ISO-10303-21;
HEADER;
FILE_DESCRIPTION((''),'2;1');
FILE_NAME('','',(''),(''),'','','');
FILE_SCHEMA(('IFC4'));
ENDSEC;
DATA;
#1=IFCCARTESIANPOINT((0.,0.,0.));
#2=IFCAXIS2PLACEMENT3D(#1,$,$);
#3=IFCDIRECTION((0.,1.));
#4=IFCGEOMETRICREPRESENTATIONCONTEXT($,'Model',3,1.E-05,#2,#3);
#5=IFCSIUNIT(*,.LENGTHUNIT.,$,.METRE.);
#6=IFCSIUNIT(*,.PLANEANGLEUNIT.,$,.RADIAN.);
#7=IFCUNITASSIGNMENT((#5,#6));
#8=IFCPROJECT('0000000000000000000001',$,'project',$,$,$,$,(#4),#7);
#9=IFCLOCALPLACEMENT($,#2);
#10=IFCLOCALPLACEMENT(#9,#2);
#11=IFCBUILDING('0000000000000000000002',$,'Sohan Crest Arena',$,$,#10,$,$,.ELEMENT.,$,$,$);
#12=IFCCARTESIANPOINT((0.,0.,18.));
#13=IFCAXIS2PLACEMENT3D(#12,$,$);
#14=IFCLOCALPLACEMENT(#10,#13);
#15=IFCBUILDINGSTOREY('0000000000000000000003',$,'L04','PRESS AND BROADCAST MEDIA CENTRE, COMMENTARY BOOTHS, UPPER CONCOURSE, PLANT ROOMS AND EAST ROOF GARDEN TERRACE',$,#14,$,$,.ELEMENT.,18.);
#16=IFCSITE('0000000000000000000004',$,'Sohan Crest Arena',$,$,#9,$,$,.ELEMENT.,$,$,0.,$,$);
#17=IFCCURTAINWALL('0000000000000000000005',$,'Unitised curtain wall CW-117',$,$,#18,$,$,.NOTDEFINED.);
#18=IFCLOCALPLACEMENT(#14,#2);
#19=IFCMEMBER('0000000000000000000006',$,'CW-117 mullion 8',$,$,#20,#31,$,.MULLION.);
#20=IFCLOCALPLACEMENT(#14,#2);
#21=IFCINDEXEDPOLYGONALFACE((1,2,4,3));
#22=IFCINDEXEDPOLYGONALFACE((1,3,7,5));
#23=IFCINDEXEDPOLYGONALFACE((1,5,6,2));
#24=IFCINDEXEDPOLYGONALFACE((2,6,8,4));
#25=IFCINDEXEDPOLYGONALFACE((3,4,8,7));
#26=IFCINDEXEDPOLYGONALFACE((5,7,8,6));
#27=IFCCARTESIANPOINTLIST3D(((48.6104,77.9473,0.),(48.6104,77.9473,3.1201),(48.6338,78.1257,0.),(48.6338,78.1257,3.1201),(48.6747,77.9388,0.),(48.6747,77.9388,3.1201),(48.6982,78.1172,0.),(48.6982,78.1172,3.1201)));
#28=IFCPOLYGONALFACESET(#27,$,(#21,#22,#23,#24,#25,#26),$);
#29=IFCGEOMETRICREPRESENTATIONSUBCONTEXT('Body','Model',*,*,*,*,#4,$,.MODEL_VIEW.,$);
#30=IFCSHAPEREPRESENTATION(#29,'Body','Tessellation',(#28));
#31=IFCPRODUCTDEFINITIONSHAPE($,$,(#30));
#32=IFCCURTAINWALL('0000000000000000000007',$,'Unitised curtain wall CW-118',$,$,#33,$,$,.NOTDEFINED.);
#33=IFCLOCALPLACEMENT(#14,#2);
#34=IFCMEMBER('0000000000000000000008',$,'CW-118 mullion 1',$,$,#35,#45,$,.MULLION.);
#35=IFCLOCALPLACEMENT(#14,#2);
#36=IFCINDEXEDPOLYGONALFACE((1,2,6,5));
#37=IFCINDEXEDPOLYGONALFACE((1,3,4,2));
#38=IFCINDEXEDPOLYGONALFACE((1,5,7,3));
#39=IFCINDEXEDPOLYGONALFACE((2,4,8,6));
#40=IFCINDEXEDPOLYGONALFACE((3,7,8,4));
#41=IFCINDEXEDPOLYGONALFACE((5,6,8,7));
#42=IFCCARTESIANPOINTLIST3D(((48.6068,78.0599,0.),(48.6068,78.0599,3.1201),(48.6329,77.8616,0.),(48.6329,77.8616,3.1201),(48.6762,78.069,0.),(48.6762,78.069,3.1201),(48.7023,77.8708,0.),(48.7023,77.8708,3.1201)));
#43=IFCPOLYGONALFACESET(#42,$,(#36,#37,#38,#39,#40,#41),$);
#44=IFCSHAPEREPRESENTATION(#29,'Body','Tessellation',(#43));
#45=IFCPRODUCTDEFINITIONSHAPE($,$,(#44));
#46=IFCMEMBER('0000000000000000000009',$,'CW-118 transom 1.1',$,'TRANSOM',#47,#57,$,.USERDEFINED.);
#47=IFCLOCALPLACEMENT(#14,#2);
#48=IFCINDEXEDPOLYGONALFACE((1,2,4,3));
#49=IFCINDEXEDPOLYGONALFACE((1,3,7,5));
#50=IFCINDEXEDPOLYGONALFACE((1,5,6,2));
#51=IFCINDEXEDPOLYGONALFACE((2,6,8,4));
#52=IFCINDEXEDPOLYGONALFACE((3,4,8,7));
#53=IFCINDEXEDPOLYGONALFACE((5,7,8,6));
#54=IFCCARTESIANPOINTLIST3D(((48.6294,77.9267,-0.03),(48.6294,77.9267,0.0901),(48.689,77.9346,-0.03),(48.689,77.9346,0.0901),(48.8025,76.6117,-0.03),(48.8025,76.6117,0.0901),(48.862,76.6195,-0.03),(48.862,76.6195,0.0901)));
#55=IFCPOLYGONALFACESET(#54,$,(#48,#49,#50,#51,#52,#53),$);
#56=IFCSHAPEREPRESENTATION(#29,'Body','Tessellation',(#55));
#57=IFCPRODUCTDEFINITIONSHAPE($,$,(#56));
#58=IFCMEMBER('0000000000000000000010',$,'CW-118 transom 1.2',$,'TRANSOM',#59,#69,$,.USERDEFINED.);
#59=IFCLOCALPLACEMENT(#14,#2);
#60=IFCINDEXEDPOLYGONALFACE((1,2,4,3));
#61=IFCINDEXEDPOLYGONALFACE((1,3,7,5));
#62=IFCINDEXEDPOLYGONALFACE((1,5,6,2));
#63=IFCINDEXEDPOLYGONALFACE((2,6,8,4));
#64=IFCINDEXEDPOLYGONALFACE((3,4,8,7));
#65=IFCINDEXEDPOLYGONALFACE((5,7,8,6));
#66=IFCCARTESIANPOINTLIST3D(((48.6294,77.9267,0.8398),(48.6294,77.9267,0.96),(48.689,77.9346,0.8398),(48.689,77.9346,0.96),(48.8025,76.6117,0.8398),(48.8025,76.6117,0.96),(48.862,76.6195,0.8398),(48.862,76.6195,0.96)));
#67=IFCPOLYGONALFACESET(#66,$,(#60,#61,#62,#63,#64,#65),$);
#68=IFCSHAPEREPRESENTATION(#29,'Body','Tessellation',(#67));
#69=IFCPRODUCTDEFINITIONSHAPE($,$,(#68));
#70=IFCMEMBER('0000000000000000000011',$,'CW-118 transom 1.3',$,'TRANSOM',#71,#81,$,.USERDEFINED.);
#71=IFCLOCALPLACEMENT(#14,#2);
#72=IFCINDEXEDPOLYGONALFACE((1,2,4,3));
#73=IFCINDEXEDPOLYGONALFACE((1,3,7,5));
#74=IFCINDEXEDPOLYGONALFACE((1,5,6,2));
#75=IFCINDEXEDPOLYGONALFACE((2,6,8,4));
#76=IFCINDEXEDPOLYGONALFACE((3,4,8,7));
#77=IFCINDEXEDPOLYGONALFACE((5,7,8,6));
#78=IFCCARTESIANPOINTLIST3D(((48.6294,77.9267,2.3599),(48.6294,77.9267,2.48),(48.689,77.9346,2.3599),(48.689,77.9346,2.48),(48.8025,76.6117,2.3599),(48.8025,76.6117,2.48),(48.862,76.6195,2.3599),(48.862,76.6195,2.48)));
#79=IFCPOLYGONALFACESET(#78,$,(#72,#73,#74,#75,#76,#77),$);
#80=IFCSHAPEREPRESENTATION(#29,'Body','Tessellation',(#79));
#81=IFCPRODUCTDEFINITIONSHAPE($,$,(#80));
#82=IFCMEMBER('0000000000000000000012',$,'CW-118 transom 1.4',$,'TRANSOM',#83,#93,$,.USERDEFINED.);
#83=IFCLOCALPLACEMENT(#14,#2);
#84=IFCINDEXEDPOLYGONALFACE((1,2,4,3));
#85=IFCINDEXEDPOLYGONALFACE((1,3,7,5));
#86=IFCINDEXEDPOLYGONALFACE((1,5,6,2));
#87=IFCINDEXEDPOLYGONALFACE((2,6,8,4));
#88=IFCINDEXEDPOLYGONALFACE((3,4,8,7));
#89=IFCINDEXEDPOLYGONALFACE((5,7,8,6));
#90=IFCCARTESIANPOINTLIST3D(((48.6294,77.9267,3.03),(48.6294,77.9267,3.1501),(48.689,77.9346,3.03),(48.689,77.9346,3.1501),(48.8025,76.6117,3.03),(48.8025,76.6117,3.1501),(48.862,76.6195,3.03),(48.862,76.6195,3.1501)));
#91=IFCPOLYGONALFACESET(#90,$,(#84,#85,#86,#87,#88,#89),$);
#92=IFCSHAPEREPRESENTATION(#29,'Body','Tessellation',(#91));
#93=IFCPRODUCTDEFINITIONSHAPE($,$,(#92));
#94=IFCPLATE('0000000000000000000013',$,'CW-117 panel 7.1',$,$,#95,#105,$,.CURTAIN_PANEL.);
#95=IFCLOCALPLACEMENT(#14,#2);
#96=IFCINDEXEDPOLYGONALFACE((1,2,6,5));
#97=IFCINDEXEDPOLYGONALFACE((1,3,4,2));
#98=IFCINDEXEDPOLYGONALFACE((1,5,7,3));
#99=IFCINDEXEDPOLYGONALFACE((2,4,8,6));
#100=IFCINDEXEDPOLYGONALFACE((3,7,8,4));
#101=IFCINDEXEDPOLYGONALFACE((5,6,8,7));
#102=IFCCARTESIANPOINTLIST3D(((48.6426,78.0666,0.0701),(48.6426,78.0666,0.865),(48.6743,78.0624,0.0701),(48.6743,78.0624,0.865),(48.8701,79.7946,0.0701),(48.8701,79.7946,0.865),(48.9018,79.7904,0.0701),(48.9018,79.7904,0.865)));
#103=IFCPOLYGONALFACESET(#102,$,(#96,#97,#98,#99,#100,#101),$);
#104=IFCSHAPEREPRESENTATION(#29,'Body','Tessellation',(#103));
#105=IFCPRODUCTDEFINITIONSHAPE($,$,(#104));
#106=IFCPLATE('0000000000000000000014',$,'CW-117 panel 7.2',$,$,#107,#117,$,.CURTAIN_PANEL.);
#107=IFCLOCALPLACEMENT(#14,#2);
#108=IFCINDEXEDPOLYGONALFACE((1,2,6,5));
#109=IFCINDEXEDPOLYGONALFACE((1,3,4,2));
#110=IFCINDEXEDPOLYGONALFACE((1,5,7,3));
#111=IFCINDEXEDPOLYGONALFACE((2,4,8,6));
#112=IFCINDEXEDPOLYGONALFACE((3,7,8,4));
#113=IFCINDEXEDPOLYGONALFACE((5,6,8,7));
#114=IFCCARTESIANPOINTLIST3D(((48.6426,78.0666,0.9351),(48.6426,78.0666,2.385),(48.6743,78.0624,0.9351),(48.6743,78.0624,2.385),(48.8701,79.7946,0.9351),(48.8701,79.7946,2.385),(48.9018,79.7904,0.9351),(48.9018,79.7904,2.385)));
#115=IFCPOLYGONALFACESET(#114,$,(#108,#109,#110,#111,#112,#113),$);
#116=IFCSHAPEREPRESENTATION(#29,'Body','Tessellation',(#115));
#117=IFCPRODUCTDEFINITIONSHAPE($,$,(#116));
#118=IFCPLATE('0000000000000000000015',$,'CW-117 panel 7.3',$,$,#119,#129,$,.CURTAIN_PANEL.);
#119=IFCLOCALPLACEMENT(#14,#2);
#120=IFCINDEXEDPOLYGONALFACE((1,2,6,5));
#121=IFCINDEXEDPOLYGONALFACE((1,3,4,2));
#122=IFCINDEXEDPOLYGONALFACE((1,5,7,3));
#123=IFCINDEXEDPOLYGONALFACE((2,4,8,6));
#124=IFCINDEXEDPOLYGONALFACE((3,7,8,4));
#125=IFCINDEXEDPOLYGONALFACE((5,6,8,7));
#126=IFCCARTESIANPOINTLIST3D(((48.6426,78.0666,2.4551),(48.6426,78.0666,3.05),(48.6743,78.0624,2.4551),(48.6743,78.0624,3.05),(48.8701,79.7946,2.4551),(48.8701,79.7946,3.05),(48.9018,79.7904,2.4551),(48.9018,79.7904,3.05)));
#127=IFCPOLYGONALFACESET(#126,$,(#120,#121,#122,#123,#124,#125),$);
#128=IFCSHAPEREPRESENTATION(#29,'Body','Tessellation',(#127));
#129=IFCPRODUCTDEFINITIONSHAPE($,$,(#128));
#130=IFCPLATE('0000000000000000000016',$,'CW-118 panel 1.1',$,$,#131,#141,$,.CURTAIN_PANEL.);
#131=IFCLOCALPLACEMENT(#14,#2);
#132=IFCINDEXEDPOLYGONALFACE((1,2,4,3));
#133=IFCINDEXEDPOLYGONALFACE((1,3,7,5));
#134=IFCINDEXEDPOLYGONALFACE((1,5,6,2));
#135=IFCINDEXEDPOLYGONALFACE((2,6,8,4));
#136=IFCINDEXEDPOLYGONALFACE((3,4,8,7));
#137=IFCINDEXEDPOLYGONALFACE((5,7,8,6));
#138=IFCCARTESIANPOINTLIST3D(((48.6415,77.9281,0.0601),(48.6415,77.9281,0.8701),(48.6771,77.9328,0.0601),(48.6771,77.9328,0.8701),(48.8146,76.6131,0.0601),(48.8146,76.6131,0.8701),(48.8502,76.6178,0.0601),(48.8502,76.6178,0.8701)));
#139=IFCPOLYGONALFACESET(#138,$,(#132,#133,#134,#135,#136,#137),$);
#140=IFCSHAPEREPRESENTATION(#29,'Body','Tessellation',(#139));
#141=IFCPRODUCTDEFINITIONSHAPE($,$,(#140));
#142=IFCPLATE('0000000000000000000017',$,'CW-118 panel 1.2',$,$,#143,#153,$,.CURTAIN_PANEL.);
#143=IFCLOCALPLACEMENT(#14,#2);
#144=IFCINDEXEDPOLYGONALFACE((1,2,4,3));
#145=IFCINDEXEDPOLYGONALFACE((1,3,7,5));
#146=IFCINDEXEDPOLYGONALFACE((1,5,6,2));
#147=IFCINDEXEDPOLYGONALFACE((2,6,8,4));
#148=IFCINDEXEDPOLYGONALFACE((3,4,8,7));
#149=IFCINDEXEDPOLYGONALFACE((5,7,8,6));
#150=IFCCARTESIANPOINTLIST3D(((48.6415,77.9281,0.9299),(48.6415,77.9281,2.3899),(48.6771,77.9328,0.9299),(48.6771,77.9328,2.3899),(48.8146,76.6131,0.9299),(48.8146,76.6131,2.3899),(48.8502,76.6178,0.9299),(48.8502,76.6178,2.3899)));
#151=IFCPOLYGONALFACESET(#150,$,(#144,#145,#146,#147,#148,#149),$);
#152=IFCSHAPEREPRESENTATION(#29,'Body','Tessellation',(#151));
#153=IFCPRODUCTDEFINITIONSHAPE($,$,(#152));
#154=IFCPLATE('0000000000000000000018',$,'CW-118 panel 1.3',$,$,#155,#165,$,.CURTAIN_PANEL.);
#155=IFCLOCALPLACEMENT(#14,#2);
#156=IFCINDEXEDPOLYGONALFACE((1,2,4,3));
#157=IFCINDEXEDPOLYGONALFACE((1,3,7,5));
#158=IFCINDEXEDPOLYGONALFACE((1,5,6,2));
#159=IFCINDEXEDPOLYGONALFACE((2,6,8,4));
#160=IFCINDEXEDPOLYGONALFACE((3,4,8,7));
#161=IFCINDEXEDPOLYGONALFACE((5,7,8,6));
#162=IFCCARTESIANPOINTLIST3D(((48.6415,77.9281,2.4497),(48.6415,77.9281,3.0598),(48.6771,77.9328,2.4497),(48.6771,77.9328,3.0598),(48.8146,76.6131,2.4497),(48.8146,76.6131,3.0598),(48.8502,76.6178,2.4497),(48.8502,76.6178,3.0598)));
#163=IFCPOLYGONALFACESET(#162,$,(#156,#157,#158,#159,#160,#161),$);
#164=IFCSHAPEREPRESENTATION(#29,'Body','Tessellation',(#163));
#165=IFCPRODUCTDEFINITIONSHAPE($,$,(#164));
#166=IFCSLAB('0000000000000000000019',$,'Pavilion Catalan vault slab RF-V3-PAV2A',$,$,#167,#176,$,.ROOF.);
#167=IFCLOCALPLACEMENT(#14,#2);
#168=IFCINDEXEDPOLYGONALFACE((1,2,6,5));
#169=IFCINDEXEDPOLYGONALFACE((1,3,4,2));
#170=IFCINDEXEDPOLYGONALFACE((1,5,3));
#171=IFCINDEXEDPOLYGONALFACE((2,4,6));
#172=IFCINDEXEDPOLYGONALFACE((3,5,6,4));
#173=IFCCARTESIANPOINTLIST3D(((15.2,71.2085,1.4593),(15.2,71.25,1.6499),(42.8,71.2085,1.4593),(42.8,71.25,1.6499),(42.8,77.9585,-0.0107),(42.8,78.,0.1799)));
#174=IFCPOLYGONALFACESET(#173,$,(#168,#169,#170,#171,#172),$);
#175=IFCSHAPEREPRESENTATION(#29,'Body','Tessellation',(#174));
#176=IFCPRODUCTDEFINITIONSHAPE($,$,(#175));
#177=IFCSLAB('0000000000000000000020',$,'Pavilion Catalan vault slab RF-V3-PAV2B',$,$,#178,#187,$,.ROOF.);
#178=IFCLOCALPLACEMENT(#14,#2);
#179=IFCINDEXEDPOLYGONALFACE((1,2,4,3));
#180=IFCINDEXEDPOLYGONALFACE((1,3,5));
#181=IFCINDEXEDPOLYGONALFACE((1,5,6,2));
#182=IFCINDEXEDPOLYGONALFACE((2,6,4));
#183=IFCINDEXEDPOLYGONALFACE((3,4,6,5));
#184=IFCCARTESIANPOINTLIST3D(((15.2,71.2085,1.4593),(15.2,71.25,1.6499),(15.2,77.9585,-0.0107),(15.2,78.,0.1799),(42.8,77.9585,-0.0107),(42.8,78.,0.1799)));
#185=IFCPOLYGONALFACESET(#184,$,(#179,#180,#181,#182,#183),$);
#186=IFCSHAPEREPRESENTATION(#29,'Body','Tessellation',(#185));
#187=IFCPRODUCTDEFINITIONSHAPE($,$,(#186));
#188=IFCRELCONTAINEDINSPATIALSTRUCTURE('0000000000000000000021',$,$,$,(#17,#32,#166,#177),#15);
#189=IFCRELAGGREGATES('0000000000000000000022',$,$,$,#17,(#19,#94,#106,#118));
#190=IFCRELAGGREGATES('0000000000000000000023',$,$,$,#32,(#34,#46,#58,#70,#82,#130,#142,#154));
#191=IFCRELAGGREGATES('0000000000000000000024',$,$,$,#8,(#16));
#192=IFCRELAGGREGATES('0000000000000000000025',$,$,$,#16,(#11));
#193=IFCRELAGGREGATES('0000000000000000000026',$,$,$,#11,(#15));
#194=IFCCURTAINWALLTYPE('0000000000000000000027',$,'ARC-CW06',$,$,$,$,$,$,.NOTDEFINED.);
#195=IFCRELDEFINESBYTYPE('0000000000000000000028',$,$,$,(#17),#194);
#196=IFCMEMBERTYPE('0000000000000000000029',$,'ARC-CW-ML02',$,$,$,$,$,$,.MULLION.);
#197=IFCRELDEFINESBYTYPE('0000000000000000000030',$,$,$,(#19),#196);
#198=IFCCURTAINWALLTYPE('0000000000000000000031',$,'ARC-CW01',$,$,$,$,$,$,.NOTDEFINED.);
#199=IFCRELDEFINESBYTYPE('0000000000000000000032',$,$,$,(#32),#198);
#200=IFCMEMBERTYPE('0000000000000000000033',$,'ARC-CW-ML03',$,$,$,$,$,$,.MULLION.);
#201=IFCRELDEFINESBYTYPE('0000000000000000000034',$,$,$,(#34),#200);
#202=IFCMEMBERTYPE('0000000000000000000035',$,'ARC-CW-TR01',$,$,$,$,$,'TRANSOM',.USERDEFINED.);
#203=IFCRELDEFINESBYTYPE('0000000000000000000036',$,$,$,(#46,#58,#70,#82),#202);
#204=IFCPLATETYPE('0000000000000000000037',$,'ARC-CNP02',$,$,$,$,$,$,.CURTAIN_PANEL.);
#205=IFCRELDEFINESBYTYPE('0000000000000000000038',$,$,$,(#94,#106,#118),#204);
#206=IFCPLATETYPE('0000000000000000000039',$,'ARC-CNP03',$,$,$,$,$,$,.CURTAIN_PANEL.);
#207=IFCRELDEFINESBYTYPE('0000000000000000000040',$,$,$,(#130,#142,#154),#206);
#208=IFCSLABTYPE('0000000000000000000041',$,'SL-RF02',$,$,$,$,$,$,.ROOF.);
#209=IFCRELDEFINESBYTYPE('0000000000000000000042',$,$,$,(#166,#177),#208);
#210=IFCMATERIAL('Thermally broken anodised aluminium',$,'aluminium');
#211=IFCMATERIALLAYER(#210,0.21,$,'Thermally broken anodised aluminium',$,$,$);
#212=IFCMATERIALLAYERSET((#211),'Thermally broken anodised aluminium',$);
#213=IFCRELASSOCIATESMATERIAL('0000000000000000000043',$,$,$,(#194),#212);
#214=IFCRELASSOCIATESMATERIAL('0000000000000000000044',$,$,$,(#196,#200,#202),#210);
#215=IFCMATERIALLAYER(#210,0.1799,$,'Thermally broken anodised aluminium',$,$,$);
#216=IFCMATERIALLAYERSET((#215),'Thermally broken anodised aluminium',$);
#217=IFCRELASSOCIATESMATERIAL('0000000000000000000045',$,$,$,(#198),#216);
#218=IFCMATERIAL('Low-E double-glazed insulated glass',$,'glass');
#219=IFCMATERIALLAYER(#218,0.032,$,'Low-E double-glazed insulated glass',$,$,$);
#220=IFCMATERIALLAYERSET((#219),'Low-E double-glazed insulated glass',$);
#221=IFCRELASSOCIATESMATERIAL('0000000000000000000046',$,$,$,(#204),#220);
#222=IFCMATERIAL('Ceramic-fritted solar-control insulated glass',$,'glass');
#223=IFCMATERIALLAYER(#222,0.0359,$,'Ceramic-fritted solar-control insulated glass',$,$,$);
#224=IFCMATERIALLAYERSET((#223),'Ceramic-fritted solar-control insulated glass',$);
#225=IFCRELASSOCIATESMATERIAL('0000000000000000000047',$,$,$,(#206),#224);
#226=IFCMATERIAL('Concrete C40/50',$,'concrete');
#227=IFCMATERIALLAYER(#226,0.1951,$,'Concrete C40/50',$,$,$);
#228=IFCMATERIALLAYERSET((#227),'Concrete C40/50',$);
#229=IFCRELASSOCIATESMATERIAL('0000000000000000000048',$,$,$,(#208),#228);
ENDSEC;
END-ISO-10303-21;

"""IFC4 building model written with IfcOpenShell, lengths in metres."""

from ifc_helpers import new_model, si_unit, direction, frame, origin, origin_2d, place, context, subcontext, project, spatial, polyline, rectangle, outline, extrude, material, layer, layer_set, material_profile, profile_set, type_object, element, aggregate, save


model = new_model("IFC4")

# Units and contexts
model_context = context("Model", 3, precision=1e-05, world=origin(), true_north=direction((0.0, 1.0)))
body_context = subcontext(model_context, "Body", "Model", "MODEL_VIEW")
ifc_project = project(units=[si_unit("LENGTHUNIT", "METRE"), si_unit("PLANEANGLEUNIT", "RADIAN")], contexts=[model_context])

# Site, building, storey
site_placement = place(None, origin())
site = spatial("IfcSite", under=ifc_project, at=site_placement, Name="Sohan Crest Arena", CompositionType="ELEMENT", RefElevation=0.0)
building_placement = place(site_placement, origin())
building = spatial("IfcBuilding", under=site, at=building_placement, Name="Sohan Crest Arena", CompositionType="ELEMENT")
storey_placement = place(building_placement, frame((0.0, 0.0, 18.0)))
storey = spatial("IfcBuildingStorey", under=building, at=storey_placement, Name="L04", Description="PRESS AND BROADCAST MEDIA CENTRE, COMMENTARY BOOTHS, UPPER CONCOURSE, PLANT ROOMS AND EAST ROOF GARDEN TERRACE", CompositionType="ELEMENT", Elevation=18.0)

# Curtain wall, member
ifc_material_1 = material(Name="Thermally broken anodised aluminium", Category="aluminium")
ifc_layer_1 = layer(ifc_material_1, 0.21, Name="Thermally broken anodised aluminium")
ifc_layer_set_1 = layer_set([ifc_layer_1], Name="Thermally broken anodised aluminium")
curtain_wall_type_1 = type_object("IfcCurtainWallType", Name="ARC-CW06", PredefinedType="NOTDEFINED", material=ifc_layer_set_1)
curtain_wall_1_placement = place(storey_placement, origin())
curtain_wall_1 = element("IfcCurtainWall", 1, at=curtain_wall_1_placement, inside=storey, type_object=curtain_wall_type_1, Name="Unitised curtain wall CW-117", PredefinedType="NOTDEFINED")
ifc_material_profile_1 = material_profile(ifc_material_1, rectangle(XDim=0.0649, YDim=0.1799, at=origin_2d()), Name="ALU-MULL 65x180")
ifc_profile_set_1 = profile_set([ifc_material_profile_1], Name="Thermally broken anodised aluminium")
member_type_1 = type_object("IfcMemberType", Name="ARC-CW-ML02", PredefinedType="MULLION", material=ifc_profile_set_1)
member_1_placement = place(storey_placement, frame((48.6543, 78.0322, 0.0), z_axis=(0.0, 0.0, 1.0), x_axis=(0.991441, -0.130557, 0.0)))
member_1 = element("IfcMember", 2, at=member_1_placement, type_object=member_type_1, Name="CW-117 mullion 8", PredefinedType="MULLION", context=body_context, shape_type="SweptSolid", body=[
    extrude(rectangle(XDim=0.0649, YDim=0.1799, at=origin_2d()), origin(), (0.0, 0.0, 1.0), 3.1201),
])

# Curtain wall, members
ifc_layer_2 = layer(ifc_material_1, 0.1799, Name="Thermally broken anodised aluminium")
ifc_layer_set_2 = layer_set([ifc_layer_2], Name="Thermally broken anodised aluminium")
curtain_wall_type_2 = type_object("IfcCurtainWallType", Name="ARC-CW01", PredefinedType="NOTDEFINED", material=ifc_layer_set_2)
curtain_wall_2_placement = place(storey_placement, origin())
curtain_wall_2 = element("IfcCurtainWall", 3, at=curtain_wall_2_placement, inside=storey, type_object=curtain_wall_type_2, Name="Unitised curtain wall CW-118", PredefinedType="NOTDEFINED")
ifc_material_profile_2 = material_profile(ifc_material_1, rectangle(XDim=0.0701, YDim=0.2, at=origin_2d()), Name="ALU-MULL 70x200")
ifc_profile_set_2 = profile_set([ifc_material_profile_2], Name="Thermally broken anodised aluminium")
member_type_2 = type_object("IfcMemberType", Name="ARC-CW-ML03", PredefinedType="MULLION", material=ifc_profile_set_2)
member_2_placement = place(storey_placement, frame((48.6545, 77.9653, 0.0), z_axis=(0.0, 0.0, 1.0), x_axis=(0.991441, 0.130557, 0.0)))
member_2 = element("IfcMember", 4, at=member_2_placement, type_object=member_type_2, Name="CW-118 mullion 1", PredefinedType="MULLION", context=body_context, shape_type="SweptSolid", body=[
    extrude(rectangle(XDim=0.0701, YDim=0.2, at=origin_2d()), origin(), (0.0, 0.0, 1.0), 3.1201),
])
ifc_material_profile_3 = material_profile(ifc_material_1, rectangle(XDim=0.0601, YDim=0.1201, at=origin_2d()), Name="ALU-TRAN 60x120")
ifc_profile_set_3 = profile_set([ifc_material_profile_3], Name="Thermally broken anodised aluminium")
member_type_3 = type_object("IfcMemberType", Name="ARC-CW-TR01", ElementType="TRANSOM", PredefinedType="USERDEFINED", material=ifc_profile_set_3)
member_3_placement = place(storey_placement, frame((48.6592, 77.9307, 0.03), z_axis=(0.130488, -0.99145, 0.0), x_axis=(0.99145, 0.130488, 0.0)))
member_3 = element("IfcMember", 5, at=member_3_placement, type_object=member_type_3, Name="CW-118 transom 1.1", ObjectType="TRANSOM", PredefinedType="USERDEFINED", context=body_context, shape_type="SweptSolid", body=[
    extrude(rectangle(XDim=0.0601, YDim=0.1201, at=origin_2d()), origin(), (0.0, 0.0, 1.0), 1.3264),
])
member_4_placement = place(storey_placement, frame((48.6592, 77.9307, 0.8999), z_axis=(0.130488, -0.99145, 0.0), x_axis=(0.99145, 0.130488, 0.0)))
member_4 = element("IfcMember", 6, at=member_4_placement, type_object=member_type_3, Name="CW-118 transom 1.2", ObjectType="TRANSOM", PredefinedType="USERDEFINED", context=body_context, shape_type="SweptSolid", body=[
    extrude(rectangle(XDim=0.0601, YDim=0.1201, at=origin_2d()), origin(), (0.0, 0.0, 1.0), 1.3264),
])
member_5_placement = place(storey_placement, frame((48.6592, 77.9307, 2.4199), z_axis=(0.130488, -0.99145, 0.0), x_axis=(0.99145, 0.130488, 0.0)))
member_5 = element("IfcMember", 7, at=member_5_placement, type_object=member_type_3, Name="CW-118 transom 1.3", ObjectType="TRANSOM", PredefinedType="USERDEFINED", context=body_context, shape_type="SweptSolid", body=[
    extrude(rectangle(XDim=0.0601, YDim=0.1201, at=origin_2d()), origin(), (0.0, 0.0, 1.0), 1.3264),
])
member_6_placement = place(storey_placement, frame((48.6592, 77.9307, 3.0901), z_axis=(0.130488, -0.99145, 0.0), x_axis=(0.99145, 0.130488, 0.0)))
member_6 = element("IfcMember", 8, at=member_6_placement, type_object=member_type_3, Name="CW-118 transom 1.4", ObjectType="TRANSOM", PredefinedType="USERDEFINED", context=body_context, shape_type="SweptSolid", body=[
    extrude(rectangle(XDim=0.0601, YDim=0.1201, at=origin_2d()), origin(), (0.0, 0.0, 1.0), 1.3264),
])

# Plates
ifc_material_2 = material(Name="Low-E double-glazed insulated glass", Category="glass")
ifc_layer_3 = layer(ifc_material_2, 0.032, Name="Low-E double-glazed insulated glass")
ifc_layer_set_3 = layer_set([ifc_layer_3], Name="Low-E double-glazed insulated glass")
plate_type_1 = type_object("IfcPlateType", Name="ARC-CNP02", PredefinedType="CURTAIN_PANEL", material=ifc_layer_set_3)
plate_1_placement = place(storey_placement, frame((48.7722, 78.9285, 0.0701), z_axis=(0.0, 0.0, 1.0), x_axis=(-0.130557, -0.991441, 0.0)))
plate_1 = element("IfcPlate", 9, at=plate_1_placement, type_object=plate_type_1, Name="CW-117 panel 7.1", PredefinedType="CURTAIN_PANEL", context=body_context, shape_type="SweptSolid", body=[
    extrude(rectangle(XDim=1.7429, YDim=0.032, at=origin_2d()), origin(), (0.0, 0.0, 1.0), 0.7949),
])
plate_2_placement = place(storey_placement, frame((48.7722, 78.9285, 0.9351), z_axis=(0.0, 0.0, 1.0), x_axis=(-0.130557, -0.991441, 0.0)))
plate_2 = element("IfcPlate", 10, at=plate_2_placement, type_object=plate_type_1, Name="CW-117 panel 7.2", PredefinedType="CURTAIN_PANEL", context=body_context, shape_type="SweptSolid", body=[
    extrude(rectangle(XDim=1.7429, YDim=0.032, at=origin_2d()), origin(), (0.0, 0.0, 1.0), 1.45),
])
plate_3_placement = place(storey_placement, frame((48.7722, 78.9285, 2.4551), z_axis=(0.0, 0.0, 1.0), x_axis=(-0.130557, -0.991441, 0.0)))
plate_3 = element("IfcPlate", 11, at=plate_3_placement, type_object=plate_type_1, Name="CW-117 panel 7.3", PredefinedType="CURTAIN_PANEL", context=body_context, shape_type="SweptSolid", body=[
    extrude(rectangle(XDim=1.7429, YDim=0.032, at=origin_2d()), origin(), (0.0, 0.0, 1.0), 0.595),
])
aggregate(curtain_wall_1, [member_1, plate_1, plate_2, plate_3])
ifc_material_3 = material(Name="Ceramic-fritted solar-control insulated glass", Category="glass")
ifc_layer_4 = layer(ifc_material_3, 0.0359, Name="Ceramic-fritted solar-control insulated glass")
ifc_layer_set_4 = layer_set([ifc_layer_4], Name="Ceramic-fritted solar-control insulated glass")
plate_type_2 = type_object("IfcPlateType", Name="ARC-CNP03", PredefinedType="CURTAIN_PANEL", material=ifc_layer_set_4)
plate_4_placement = place(storey_placement, frame((48.7458, 77.2729, 0.0601), z_axis=(0.0, 0.0, 1.0), x_axis=(0.130557, -0.991441, 0.0)))
plate_4 = element("IfcPlate", 12, at=plate_4_placement, type_object=plate_type_2, Name="CW-118 panel 1.1", PredefinedType="CURTAIN_PANEL", context=body_context, shape_type="SweptSolid", body=[
    extrude(rectangle(XDim=1.3264, YDim=0.0359, at=origin_2d()), origin(), (0.0, 0.0, 1.0), 0.8101),
])
plate_5_placement = place(storey_placement, frame((48.7458, 77.2729, 0.9299), z_axis=(0.0, 0.0, 1.0), x_axis=(0.130557, -0.991441, 0.0)))
plate_5 = element("IfcPlate", 13, at=plate_5_placement, type_object=plate_type_2, Name="CW-118 panel 1.2", PredefinedType="CURTAIN_PANEL", context=body_context, shape_type="SweptSolid", body=[
    extrude(rectangle(XDim=1.3264, YDim=0.0359, at=origin_2d()), origin(), (0.0, 0.0, 1.0), 1.46),
])
plate_6_placement = place(storey_placement, frame((48.7458, 77.2729, 2.4497), z_axis=(0.0, 0.0, 1.0), x_axis=(0.130557, -0.991441, 0.0)))
plate_6 = element("IfcPlate", 14, at=plate_6_placement, type_object=plate_type_2, Name="CW-118 panel 1.3", PredefinedType="CURTAIN_PANEL", context=body_context, shape_type="SweptSolid", body=[
    extrude(rectangle(XDim=1.3264, YDim=0.0359, at=origin_2d()), origin(), (0.0, 0.0, 1.0), 0.6101),
])
aggregate(curtain_wall_2, [member_2, member_3, member_4, member_5, member_6, plate_4, plate_5, plate_6])

# Slabs
ifc_material_4 = material(Name="Concrete C40/50", Category="concrete")
ifc_layer_5 = layer(ifc_material_4, 0.1951, Name="Concrete C40/50")
ifc_layer_set_5 = layer_set([ifc_layer_5], Name="Concrete C40/50")
slab_type = type_object("IfcSlabType", Name="SL-RF02", PredefinedType="ROOF", material=ifc_layer_set_5)
slab_1_placement = place(storey_placement, frame((15.2, 71.25, 1.6499), z_axis=(0.0, 0.212786, 0.977099), x_axis=(1.0, 0.0, 0.0)))
element("IfcSlab", 15, at=slab_1_placement, inside=storey, type_object=slab_type, Name="Pavilion Catalan vault slab RF-V3-PAV2A", PredefinedType="ROOF", context=body_context, shape_type="SweptSolid", body=[
    extrude(outline(polyline([(0.0, 0.0), (27.6001, 0.0), (27.6001, 6.9082), (0.0, 0.0)])), origin(), (0.0, 0.0, -1.0), 0.1951),
])
slab_2_placement = place(storey_placement, frame((15.2, 71.25, 1.6499), z_axis=(0.0, 0.212786, 0.977099), x_axis=(0.970075, 0.237246, -0.051666)))
element("IfcSlab", 16, at=slab_2_placement, inside=storey, type_object=slab_type, Name="Pavilion Catalan vault slab RF-V3-PAV2B", PredefinedType="ROOF", context=body_context, shape_type="SweptSolid", body=[
    extrude(outline(polyline([(0.0, 0.0), (28.4515, 0.0), (1.6774, 6.7015), (0.0, 0.0)])), origin(), (0.0, 0.0, -1.0), 0.1951),
])

save(model, "model.ifc")
